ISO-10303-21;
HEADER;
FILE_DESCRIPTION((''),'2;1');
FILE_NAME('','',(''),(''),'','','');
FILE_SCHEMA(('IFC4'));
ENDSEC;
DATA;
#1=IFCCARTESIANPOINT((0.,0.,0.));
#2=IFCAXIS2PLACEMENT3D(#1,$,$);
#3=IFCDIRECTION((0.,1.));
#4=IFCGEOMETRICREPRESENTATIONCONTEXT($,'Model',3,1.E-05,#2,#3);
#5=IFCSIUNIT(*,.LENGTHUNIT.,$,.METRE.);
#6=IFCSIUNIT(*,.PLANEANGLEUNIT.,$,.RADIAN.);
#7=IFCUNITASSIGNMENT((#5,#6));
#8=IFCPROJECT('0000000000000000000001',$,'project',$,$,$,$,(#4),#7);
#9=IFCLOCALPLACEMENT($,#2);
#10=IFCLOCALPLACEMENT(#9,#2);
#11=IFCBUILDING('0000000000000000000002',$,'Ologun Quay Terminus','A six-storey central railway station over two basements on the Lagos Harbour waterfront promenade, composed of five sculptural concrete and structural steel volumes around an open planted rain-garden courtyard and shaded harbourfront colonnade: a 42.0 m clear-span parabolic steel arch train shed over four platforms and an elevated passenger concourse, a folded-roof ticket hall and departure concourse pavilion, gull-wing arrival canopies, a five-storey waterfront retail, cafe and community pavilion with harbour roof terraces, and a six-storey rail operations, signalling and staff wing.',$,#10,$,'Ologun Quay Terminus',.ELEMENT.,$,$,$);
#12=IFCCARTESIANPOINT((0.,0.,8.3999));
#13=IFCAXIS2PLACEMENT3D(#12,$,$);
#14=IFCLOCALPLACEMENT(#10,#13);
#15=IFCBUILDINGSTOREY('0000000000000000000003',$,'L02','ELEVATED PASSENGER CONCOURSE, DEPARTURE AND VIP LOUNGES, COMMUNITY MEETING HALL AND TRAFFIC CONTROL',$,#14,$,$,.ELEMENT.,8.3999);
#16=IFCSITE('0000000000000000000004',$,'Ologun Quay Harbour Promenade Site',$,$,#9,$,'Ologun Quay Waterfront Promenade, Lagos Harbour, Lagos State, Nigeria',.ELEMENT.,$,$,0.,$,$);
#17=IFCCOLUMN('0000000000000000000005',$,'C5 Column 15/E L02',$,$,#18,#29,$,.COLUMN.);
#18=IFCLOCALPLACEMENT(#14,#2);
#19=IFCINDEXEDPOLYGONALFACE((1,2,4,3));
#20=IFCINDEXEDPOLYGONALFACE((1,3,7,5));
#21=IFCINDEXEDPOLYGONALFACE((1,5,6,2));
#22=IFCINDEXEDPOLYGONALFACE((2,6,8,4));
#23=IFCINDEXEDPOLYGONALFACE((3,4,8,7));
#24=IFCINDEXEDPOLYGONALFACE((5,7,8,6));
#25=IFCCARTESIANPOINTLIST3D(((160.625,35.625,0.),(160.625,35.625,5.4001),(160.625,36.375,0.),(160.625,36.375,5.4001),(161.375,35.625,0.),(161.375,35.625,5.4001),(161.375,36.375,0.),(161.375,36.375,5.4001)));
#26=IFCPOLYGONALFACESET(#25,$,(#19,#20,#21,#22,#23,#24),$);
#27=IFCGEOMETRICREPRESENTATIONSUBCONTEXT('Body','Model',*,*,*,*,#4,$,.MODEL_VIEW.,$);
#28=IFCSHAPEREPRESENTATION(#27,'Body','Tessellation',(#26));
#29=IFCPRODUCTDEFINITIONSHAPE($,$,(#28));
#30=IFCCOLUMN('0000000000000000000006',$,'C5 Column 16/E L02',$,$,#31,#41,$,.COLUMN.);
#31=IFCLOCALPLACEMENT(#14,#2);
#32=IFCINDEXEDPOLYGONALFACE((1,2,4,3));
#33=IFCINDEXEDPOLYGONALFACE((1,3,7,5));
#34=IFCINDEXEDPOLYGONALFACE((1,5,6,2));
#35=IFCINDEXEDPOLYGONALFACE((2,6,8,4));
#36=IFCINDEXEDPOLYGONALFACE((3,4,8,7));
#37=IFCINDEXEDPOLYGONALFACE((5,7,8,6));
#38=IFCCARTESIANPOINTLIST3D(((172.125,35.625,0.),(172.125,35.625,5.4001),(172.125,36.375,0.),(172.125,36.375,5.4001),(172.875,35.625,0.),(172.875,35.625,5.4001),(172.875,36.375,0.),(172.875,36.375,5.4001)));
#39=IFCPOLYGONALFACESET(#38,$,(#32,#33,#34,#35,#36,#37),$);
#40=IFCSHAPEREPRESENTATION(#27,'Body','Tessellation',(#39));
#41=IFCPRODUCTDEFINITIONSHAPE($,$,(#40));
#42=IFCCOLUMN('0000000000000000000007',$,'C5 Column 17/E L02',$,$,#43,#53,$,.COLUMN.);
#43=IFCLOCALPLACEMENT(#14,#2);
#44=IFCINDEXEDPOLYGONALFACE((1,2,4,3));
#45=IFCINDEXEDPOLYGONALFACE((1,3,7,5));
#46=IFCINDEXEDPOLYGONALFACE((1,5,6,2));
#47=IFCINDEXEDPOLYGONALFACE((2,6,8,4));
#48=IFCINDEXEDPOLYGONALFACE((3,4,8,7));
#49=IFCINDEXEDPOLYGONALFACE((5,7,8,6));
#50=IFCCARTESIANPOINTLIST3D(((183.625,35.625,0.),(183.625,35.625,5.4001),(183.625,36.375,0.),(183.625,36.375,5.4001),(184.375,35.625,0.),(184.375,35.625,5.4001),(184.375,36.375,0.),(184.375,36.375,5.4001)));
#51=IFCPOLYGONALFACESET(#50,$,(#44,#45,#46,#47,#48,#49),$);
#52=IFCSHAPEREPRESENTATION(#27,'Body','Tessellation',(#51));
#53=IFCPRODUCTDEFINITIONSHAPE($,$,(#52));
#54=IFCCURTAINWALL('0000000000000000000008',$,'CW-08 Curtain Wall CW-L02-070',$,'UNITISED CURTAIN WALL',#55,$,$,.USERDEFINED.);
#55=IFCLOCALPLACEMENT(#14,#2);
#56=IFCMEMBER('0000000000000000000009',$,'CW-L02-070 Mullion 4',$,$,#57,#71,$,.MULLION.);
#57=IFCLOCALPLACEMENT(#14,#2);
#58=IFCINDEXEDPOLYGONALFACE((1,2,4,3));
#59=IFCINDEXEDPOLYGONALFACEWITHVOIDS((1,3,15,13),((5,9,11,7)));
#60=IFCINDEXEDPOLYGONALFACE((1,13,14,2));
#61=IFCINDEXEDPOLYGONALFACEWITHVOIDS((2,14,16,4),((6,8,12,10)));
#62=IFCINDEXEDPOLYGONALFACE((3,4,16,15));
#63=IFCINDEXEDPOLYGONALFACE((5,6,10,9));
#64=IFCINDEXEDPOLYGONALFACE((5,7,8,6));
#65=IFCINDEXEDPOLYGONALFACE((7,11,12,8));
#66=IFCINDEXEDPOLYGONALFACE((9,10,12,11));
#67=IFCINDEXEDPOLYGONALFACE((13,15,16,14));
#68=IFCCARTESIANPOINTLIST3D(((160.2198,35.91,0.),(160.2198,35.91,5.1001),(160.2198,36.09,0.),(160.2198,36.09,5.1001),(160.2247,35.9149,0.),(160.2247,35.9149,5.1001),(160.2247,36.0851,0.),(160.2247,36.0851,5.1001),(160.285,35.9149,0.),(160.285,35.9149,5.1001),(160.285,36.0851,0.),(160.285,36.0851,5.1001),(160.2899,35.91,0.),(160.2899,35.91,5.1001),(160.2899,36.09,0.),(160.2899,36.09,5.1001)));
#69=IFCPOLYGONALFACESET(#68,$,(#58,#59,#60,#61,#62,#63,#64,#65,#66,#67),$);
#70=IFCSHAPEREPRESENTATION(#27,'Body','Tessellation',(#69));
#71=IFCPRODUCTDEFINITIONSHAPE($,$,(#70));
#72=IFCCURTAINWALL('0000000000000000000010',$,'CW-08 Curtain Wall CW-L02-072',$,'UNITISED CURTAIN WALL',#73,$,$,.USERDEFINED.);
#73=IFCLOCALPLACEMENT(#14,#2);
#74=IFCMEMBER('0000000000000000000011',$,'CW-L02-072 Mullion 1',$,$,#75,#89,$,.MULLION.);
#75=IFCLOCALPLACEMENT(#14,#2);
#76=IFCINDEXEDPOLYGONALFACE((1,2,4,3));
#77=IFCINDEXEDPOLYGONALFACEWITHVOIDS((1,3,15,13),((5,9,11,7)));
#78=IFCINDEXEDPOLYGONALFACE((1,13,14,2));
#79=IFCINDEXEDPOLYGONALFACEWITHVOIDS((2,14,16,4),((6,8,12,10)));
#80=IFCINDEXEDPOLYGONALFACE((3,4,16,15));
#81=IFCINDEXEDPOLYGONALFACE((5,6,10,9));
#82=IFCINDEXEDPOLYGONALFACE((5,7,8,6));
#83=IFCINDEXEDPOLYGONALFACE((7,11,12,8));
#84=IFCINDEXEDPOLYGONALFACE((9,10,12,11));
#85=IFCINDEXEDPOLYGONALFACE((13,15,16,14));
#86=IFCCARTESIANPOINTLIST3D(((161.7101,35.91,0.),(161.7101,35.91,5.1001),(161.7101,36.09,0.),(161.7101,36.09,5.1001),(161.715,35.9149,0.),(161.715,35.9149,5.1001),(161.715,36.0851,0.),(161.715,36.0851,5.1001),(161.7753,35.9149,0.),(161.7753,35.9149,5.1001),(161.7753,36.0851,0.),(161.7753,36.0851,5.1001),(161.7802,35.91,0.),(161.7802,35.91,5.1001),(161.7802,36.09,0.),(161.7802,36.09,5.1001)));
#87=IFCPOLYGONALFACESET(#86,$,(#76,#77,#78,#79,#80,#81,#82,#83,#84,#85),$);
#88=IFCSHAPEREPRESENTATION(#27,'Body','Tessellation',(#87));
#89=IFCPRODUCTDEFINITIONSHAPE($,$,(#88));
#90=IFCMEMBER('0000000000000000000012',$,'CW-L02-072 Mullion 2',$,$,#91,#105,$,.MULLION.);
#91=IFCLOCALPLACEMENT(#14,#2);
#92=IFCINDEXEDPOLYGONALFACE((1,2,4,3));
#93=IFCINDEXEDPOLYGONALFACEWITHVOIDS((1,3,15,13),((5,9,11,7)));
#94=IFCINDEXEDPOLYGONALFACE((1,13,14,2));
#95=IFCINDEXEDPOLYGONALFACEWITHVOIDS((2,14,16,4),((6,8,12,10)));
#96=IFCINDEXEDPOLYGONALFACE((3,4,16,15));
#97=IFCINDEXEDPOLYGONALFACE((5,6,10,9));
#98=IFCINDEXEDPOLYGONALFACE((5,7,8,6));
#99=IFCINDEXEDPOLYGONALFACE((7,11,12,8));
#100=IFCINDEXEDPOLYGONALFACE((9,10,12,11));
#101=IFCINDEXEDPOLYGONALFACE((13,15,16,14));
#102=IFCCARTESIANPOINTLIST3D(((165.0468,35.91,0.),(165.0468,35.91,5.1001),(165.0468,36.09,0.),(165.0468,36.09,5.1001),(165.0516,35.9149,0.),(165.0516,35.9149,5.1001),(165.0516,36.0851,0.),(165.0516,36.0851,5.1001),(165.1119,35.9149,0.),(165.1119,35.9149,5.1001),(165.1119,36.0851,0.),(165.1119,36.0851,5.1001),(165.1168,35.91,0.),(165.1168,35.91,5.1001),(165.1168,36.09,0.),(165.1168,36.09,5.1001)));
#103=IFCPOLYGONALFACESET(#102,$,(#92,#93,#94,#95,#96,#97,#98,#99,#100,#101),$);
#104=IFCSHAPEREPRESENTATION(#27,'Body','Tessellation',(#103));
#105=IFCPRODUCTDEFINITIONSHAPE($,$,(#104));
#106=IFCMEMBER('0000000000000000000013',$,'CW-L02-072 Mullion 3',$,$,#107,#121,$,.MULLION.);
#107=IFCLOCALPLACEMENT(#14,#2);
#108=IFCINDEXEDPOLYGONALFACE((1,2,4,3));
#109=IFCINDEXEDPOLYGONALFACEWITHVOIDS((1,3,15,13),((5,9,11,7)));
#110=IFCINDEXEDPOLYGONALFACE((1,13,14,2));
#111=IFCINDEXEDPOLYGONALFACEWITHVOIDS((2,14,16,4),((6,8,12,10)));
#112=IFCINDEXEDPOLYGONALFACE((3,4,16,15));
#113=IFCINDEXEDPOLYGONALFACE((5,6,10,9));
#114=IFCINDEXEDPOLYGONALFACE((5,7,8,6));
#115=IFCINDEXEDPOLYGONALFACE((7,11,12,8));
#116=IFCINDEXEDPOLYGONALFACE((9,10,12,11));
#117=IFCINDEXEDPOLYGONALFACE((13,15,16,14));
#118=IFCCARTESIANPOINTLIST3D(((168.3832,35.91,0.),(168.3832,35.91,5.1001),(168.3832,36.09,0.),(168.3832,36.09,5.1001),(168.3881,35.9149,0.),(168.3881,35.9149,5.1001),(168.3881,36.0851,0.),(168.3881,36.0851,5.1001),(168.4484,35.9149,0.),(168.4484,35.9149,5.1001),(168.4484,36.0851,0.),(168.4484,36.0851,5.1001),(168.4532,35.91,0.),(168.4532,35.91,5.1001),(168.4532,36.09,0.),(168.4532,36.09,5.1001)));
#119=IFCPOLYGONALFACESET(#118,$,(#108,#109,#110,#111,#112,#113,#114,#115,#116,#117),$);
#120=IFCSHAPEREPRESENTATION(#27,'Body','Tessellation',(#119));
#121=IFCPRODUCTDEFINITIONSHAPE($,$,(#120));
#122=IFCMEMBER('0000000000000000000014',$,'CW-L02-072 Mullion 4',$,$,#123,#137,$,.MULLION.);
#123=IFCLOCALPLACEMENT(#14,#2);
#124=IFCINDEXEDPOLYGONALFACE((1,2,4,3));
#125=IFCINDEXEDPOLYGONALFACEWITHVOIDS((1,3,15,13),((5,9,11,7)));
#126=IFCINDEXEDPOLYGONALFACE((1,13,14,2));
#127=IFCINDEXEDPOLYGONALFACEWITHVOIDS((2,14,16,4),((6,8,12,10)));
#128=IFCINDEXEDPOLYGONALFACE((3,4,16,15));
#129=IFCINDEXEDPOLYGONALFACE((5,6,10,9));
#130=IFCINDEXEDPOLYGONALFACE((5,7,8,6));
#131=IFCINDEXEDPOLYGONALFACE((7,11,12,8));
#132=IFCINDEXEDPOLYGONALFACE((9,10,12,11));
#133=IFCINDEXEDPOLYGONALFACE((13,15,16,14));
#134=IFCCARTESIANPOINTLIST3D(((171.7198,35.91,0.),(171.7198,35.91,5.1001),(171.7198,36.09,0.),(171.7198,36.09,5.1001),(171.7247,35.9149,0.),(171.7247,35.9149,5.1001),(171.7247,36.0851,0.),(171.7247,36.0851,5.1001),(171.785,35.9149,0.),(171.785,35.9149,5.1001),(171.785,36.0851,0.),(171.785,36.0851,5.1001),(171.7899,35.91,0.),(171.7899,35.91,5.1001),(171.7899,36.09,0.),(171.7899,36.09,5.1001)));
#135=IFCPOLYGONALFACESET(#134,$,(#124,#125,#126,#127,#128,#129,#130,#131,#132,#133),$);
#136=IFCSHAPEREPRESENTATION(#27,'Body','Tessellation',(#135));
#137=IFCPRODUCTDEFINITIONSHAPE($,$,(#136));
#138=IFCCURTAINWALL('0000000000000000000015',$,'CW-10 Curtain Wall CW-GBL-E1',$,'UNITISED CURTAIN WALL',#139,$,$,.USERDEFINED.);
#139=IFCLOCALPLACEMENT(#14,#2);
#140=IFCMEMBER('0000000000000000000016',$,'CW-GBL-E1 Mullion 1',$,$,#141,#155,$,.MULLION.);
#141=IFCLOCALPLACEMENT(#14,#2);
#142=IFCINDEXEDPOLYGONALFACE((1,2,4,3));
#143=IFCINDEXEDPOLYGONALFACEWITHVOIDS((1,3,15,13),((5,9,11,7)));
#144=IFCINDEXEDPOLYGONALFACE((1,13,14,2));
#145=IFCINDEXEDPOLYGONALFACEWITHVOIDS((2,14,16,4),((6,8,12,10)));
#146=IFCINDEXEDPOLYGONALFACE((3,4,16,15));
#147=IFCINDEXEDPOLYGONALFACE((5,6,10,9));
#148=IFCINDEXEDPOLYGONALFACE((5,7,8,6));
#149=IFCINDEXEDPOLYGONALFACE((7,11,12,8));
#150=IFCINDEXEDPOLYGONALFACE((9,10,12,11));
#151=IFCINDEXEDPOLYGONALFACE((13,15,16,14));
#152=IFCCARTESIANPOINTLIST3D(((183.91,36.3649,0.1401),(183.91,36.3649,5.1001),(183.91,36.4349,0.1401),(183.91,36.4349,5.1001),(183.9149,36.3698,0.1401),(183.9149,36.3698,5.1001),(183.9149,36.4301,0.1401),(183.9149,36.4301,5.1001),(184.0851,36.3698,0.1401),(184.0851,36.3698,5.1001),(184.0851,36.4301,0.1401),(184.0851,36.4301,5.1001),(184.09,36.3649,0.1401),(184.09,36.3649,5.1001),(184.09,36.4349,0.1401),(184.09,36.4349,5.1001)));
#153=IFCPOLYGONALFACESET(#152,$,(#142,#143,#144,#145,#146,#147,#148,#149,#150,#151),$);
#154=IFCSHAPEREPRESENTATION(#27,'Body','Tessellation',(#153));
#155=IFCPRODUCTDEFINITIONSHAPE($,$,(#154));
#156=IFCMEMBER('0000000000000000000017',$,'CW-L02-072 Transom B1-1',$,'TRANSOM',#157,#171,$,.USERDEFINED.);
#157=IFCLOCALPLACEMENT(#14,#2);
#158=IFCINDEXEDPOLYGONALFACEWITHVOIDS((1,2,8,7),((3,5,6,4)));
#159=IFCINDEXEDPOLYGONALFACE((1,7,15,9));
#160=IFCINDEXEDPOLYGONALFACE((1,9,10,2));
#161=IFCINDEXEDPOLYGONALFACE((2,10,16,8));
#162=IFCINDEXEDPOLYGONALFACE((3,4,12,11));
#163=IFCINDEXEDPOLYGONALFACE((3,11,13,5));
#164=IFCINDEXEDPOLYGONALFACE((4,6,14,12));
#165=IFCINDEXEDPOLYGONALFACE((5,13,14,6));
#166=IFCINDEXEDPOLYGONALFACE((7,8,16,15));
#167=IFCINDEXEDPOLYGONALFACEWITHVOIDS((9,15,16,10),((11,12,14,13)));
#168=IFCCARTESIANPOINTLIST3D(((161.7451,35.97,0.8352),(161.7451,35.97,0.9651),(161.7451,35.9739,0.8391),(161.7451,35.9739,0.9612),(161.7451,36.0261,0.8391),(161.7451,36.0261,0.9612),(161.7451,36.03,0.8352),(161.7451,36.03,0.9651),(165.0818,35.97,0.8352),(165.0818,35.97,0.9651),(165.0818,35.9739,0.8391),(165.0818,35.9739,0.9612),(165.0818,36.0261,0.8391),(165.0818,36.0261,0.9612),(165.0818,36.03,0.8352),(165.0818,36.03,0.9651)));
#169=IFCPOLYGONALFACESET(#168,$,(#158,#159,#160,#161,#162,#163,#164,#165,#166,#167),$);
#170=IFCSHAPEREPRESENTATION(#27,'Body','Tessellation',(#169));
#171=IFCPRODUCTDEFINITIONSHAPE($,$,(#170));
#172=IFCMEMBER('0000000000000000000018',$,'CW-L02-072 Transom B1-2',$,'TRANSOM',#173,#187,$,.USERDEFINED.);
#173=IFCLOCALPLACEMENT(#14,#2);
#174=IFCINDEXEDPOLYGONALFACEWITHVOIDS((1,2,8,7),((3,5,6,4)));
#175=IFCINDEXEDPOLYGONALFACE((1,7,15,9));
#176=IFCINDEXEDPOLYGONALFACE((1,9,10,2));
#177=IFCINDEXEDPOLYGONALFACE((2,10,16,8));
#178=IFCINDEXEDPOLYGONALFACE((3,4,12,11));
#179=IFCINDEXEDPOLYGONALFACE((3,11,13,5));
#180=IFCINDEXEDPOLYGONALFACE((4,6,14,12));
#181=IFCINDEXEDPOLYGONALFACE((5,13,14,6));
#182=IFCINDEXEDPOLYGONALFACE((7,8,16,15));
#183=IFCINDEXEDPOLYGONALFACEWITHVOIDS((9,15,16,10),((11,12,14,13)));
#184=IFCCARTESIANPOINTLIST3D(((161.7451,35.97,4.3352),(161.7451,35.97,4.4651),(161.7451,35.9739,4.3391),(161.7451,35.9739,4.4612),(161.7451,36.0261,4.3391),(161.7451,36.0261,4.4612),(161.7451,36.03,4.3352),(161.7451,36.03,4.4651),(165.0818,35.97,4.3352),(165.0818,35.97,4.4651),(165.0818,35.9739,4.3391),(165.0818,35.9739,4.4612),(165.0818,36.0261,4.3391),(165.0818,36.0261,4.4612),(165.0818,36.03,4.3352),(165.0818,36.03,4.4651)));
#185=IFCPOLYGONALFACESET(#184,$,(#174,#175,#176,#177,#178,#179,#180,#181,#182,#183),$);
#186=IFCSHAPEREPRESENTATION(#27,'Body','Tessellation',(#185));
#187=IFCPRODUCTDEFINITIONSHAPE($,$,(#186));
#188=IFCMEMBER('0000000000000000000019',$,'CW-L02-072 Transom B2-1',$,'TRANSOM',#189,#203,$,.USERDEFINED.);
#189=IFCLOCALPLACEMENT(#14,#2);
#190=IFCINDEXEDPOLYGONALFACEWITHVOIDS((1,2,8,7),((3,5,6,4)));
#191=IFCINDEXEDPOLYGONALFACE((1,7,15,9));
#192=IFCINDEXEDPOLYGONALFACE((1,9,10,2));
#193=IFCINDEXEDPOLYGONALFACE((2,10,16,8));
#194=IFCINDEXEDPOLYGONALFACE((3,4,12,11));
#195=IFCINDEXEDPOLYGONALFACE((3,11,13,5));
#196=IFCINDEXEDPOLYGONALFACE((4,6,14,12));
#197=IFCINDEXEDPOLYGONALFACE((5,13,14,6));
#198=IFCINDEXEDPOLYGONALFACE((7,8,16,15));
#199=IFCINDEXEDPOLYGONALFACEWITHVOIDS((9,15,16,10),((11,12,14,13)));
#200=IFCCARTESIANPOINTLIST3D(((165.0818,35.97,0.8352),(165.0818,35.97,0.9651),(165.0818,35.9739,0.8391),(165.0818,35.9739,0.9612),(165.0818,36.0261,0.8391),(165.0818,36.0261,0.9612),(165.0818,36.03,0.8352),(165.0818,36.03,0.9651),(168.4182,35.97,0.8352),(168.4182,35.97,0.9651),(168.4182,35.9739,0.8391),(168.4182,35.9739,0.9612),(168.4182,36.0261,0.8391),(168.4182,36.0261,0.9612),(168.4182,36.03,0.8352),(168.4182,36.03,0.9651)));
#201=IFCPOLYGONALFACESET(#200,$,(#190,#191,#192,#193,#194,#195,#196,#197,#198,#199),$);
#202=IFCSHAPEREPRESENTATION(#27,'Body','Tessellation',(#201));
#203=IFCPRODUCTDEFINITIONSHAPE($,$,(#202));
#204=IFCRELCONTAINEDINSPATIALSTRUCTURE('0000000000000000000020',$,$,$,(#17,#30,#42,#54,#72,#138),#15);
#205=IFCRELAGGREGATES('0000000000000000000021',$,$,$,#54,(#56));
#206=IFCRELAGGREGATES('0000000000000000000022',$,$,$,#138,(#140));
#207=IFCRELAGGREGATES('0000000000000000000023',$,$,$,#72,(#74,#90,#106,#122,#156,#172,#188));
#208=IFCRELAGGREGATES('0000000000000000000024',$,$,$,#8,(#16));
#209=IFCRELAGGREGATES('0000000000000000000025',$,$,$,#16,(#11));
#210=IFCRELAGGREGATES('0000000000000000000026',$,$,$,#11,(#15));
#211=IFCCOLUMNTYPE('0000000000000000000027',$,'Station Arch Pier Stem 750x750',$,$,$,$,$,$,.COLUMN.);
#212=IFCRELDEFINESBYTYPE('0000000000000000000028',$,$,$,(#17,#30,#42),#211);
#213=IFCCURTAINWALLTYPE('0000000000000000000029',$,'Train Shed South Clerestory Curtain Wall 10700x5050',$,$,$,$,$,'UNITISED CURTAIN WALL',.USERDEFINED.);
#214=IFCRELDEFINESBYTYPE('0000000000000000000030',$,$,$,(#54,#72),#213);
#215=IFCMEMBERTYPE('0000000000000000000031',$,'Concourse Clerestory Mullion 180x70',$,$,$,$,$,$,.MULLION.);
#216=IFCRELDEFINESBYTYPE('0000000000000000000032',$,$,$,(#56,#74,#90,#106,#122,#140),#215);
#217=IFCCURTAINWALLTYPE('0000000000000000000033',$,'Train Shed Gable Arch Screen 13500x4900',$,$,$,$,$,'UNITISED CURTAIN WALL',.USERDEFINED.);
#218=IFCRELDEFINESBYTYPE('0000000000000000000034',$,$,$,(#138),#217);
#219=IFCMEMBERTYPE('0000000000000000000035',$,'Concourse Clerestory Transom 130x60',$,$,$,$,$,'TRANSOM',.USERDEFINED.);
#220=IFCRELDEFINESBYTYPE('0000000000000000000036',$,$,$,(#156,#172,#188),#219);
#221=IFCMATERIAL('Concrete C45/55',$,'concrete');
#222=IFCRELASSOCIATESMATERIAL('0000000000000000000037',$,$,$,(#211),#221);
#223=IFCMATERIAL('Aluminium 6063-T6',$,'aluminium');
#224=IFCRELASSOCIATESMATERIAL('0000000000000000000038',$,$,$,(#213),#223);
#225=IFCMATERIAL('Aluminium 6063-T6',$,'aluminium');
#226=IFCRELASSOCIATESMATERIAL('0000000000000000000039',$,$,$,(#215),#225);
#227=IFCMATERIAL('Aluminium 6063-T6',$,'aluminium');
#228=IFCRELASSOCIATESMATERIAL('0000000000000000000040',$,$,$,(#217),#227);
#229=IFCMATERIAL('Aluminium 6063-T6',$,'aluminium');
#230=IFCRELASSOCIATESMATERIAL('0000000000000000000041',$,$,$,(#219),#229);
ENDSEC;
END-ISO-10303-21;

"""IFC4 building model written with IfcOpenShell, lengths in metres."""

from ifc_helpers import new_model, si_unit, direction, frame, origin, origin_2d, place, context, subcontext, project, spatial, rectangle, hollow_rectangle, extrude, material, material_profile, profile_set, type_object, element, aggregate, save


model = new_model("IFC4")

# Units and contexts
model_context = context("Model", 3, precision=1e-05, world=origin(), true_north=direction((0.0, 1.0)))
body_context = subcontext(model_context, "Body", "Model", "MODEL_VIEW")
ifc_project = project(units=[si_unit("LENGTHUNIT", "METRE"), si_unit("PLANEANGLEUNIT", "RADIAN")], contexts=[model_context])

# Site, building, storey
site_placement = place(None, origin())
site = spatial("IfcSite", under=ifc_project, at=site_placement, Name="Ologun Quay Harbour Promenade Site", LongName="Ologun Quay Waterfront Promenade, Lagos Harbour, Lagos State, Nigeria", CompositionType="ELEMENT", RefElevation=0.0)
building_placement = place(site_placement, origin())
building = spatial("IfcBuilding", under=site, at=building_placement, Name="Ologun Quay Terminus", Description="A six-storey central railway station over two basements on the Lagos Harbour waterfront promenade, composed of five sculptural concrete and structural steel volumes around an open planted rain-garden courtyard and shaded harbourfront colonnade: a 42.0 m clear-span parabolic steel arch train shed over four platforms and an elevated passenger concourse, a folded-roof ticket hall and departure concourse pavilion, gull-wing arrival canopies, a five-storey waterfront retail, cafe and community pavilion with harbour roof terraces, and a six-storey rail operations, signalling and staff wing.", LongName="Ologun Quay Terminus", CompositionType="ELEMENT")
storey_placement = place(building_placement, frame((0.0, 0.0, 8.3999)))
storey = spatial("IfcBuildingStorey", under=building, at=storey_placement, Name="L02", Description="ELEVATED PASSENGER CONCOURSE, DEPARTURE AND VIP LOUNGES, COMMUNITY MEETING HALL AND TRAFFIC CONTROL", CompositionType="ELEMENT", Elevation=8.3999)

# Columns
ifc_material_1 = material(Name="Concrete C45/55", Category="concrete")
ifc_material_profile_1 = material_profile(ifc_material_1, rectangle(XDim=0.75, YDim=0.75, at=origin_2d()), Name="RC 750x750")
ifc_profile_set_1 = profile_set([ifc_material_profile_1], Name="Concrete C45/55")
column_type = type_object("IfcColumnType", Name="Station Arch Pier Stem 750x750", PredefinedType="COLUMN", material=ifc_profile_set_1)
for number, where, z_axis, x_axis, name in (
    (1, (161.0, 36.0, 0.0), (0.0, 0.0, 1.0), (1.0, 0.0, 0.0), "C5 Column 15/E L02"),
    (2, (172.5, 36.0, 0.0), (0.0, 0.0, 1.0), (1.0, 0.0, 0.0), "C5 Column 16/E L02"),
    (3, (184.0, 36.0, 0.0), (0.0, 0.0, 1.0), (1.0, 0.0, 0.0), "C5 Column 17/E L02"),
):
    element("IfcColumn", number, at=place(storey_placement, frame(where, z_axis=z_axis, x_axis=x_axis)), inside=storey, type_object=column_type, Name=name, PredefinedType="COLUMN", context=body_context, shape_type="SweptSolid", body=[
        extrude(rectangle(XDim=0.75, YDim=0.75, at=origin_2d()), origin(), (0.0, 0.0, 1.0), 5.4001),
    ])

# Curtain wall, member
ifc_material_2 = material(Name="Aluminium 6063-T6", Category="aluminium")
curtain_wall_type_1 = type_object("IfcCurtainWallType", Name="Train Shed South Clerestory Curtain Wall 10700x5050", ElementType="UNITISED CURTAIN WALL", PredefinedType="USERDEFINED", material=ifc_material_2)
curtain_wall_1_placement = place(storey_placement, origin())
curtain_wall_1 = element("IfcCurtainWall", 4, at=curtain_wall_1_placement, inside=storey, type_object=curtain_wall_type_1, Name="CW-08 Curtain Wall CW-L02-070", ObjectType="UNITISED CURTAIN WALL", PredefinedType="USERDEFINED")
ifc_material_3 = material(Name="Aluminium 6063-T6", Category="aluminium")
ifc_material_profile_2 = material_profile(ifc_material_3, hollow_rectangle(XDim=0.0701, YDim=0.1799, WallThickness=0.0049, at=origin_2d()), Name="ALU 180x70x5")
ifc_profile_set_2 = profile_set([ifc_material_profile_2], Name="Aluminium 6063-T6")
member_type_1 = type_object("IfcMemberType", Name="Concourse Clerestory Mullion 180x70", PredefinedType="MULLION", material=ifc_profile_set_2)
member_1_placement = place(storey_placement, frame((160.2549, 36.0, 0.0), z_axis=(0.0, 0.0, 1.0), x_axis=(1.0, 0.0, 0.0)))
member_1 = element("IfcMember", 5, at=member_1_placement, type_object=member_type_1, Name="CW-L02-070 Mullion 4", PredefinedType="MULLION", context=body_context, shape_type="SweptSolid", body=[
    extrude(hollow_rectangle(XDim=0.0701, YDim=0.1799, WallThickness=0.0049, at=origin_2d()), origin(), (0.0, 0.0, 1.0), 5.1001),
])
aggregate(curtain_wall_1, [member_1])

# Curtain wall, members
curtain_wall_2_placement = place(storey_placement, origin())
curtain_wall_2 = element("IfcCurtainWall", 6, at=curtain_wall_2_placement, inside=storey, type_object=curtain_wall_type_1, Name="CW-08 Curtain Wall CW-L02-072", ObjectType="UNITISED CURTAIN WALL", PredefinedType="USERDEFINED")
member_2_placement = place(storey_placement, frame((161.7451, 36.0, 0.0), z_axis=(0.0, 0.0, 1.0), x_axis=(1.0, 0.0, 0.0)))
member_2 = element("IfcMember", 7, at=member_2_placement, type_object=member_type_1, Name="CW-L02-072 Mullion 1", PredefinedType="MULLION", context=body_context, shape_type="SweptSolid", body=[
    extrude(hollow_rectangle(XDim=0.0701, YDim=0.1799, WallThickness=0.0049, at=origin_2d()), origin(), (0.0, 0.0, 1.0), 5.1001),
])
member_3_placement = place(storey_placement, frame((165.0818, 36.0, 0.0), z_axis=(0.0, 0.0, 1.0), x_axis=(1.0, 0.0, 0.0)))
member_3 = element("IfcMember", 8, at=member_3_placement, type_object=member_type_1, Name="CW-L02-072 Mullion 2", PredefinedType="MULLION", context=body_context, shape_type="SweptSolid", body=[
    extrude(hollow_rectangle(XDim=0.0701, YDim=0.1799, WallThickness=0.0049, at=origin_2d()), origin(), (0.0, 0.0, 1.0), 5.1001),
])
member_4_placement = place(storey_placement, frame((168.4182, 36.0, 0.0), z_axis=(0.0, 0.0, 1.0), x_axis=(1.0, 0.0, 0.0)))
member_4 = element("IfcMember", 9, at=member_4_placement, type_object=member_type_1, Name="CW-L02-072 Mullion 3", PredefinedType="MULLION", context=body_context, shape_type="SweptSolid", body=[
    extrude(hollow_rectangle(XDim=0.0701, YDim=0.1799, WallThickness=0.0049, at=origin_2d()), origin(), (0.0, 0.0, 1.0), 5.1001),
])
member_5_placement = place(storey_placement, frame((171.7549, 36.0, 0.0), z_axis=(0.0, 0.0, 1.0), x_axis=(1.0, 0.0, 0.0)))
member_5 = element("IfcMember", 10, at=member_5_placement, type_object=member_type_1, Name="CW-L02-072 Mullion 4", PredefinedType="MULLION", context=body_context, shape_type="SweptSolid", body=[
    extrude(hollow_rectangle(XDim=0.0701, YDim=0.1799, WallThickness=0.0049, at=origin_2d()), origin(), (0.0, 0.0, 1.0), 5.1001),
])

# Curtain wall, member
ifc_material_4 = material(Name="Aluminium 6063-T6", Category="aluminium")
curtain_wall_type_2 = type_object("IfcCurtainWallType", Name="Train Shed Gable Arch Screen 13500x4900", ElementType="UNITISED CURTAIN WALL", PredefinedType="USERDEFINED", material=ifc_material_4)
curtain_wall_3_placement = place(storey_placement, origin())
curtain_wall_3 = element("IfcCurtainWall", 11, at=curtain_wall_3_placement, inside=storey, type_object=curtain_wall_type_2, Name="CW-10 Curtain Wall CW-GBL-E1", ObjectType="UNITISED CURTAIN WALL", PredefinedType="USERDEFINED")
member_6_placement = place(storey_placement, frame((184.0, 36.3999, 0.1401), z_axis=(0.0, 0.0, 1.0), x_axis=(0.0, 1.0, 0.0)))
member_6 = element("IfcMember", 12, at=member_6_placement, type_object=member_type_1, Name="CW-GBL-E1 Mullion 1", PredefinedType="MULLION", context=body_context, shape_type="SweptSolid", body=[
    extrude(hollow_rectangle(XDim=0.0701, YDim=0.1799, WallThickness=0.0049, at=origin_2d()), origin(), (0.0, 0.0, 1.0), 4.96),
])

# Members
ifc_material_5 = material(Name="Aluminium 6063-T6", Category="aluminium")
ifc_material_profile_3 = material_profile(ifc_material_5, hollow_rectangle(XDim=0.0601, YDim=0.1299, WallThickness=0.0039, at=origin_2d()), Name="ALU 130x60x4")
ifc_profile_set_3 = profile_set([ifc_material_profile_3], Name="Aluminium 6063-T6")
member_type_2 = type_object("IfcMemberType", Name="Concourse Clerestory Transom 130x60", ElementType="TRANSOM", PredefinedType="USERDEFINED", material=ifc_profile_set_3)
member_7_placement = place(storey_placement, frame((161.7451, 36.0, 0.9001), z_axis=(1.0, 0.0, 0.0), x_axis=(0.0, 1.0, 0.0)))
member_7 = element("IfcMember", 13, at=member_7_placement, type_object=member_type_2, Name="CW-L02-072 Transom B1-1", ObjectType="TRANSOM", PredefinedType="USERDEFINED", context=body_context, shape_type="SweptSolid", body=[
    extrude(hollow_rectangle(XDim=0.0601, YDim=0.1299, WallThickness=0.0039, at=origin_2d()), origin(), (0.0, 0.0, 1.0), 3.3367),
])
member_8_placement = place(storey_placement, frame((161.7451, 36.0, 4.4001), z_axis=(1.0, 0.0, 0.0), x_axis=(0.0, 1.0, 0.0)))
member_8 = element("IfcMember", 14, at=member_8_placement, type_object=member_type_2, Name="CW-L02-072 Transom B1-2", ObjectType="TRANSOM", PredefinedType="USERDEFINED", context=body_context, shape_type="SweptSolid", body=[
    extrude(hollow_rectangle(XDim=0.0601, YDim=0.1299, WallThickness=0.0039, at=origin_2d()), origin(), (0.0, 0.0, 1.0), 3.3367),
])
member_9_placement = place(storey_placement, frame((165.0818, 36.0, 0.9001), z_axis=(1.0, 0.0, 0.0), x_axis=(0.0, 1.0, 0.0)))
member_9 = element("IfcMember", 15, at=member_9_placement, type_object=member_type_2, Name="CW-L02-072 Transom B2-1", ObjectType="TRANSOM", PredefinedType="USERDEFINED", context=body_context, shape_type="SweptSolid", body=[
    extrude(hollow_rectangle(XDim=0.0601, YDim=0.1299, WallThickness=0.0039, at=origin_2d()), origin(), (0.0, 0.0, 1.0), 3.3364),
])

aggregate(curtain_wall_3, [member_6])
aggregate(curtain_wall_2, [member_2, member_3, member_4, member_5, member_7, member_8, member_9])

save(model, "model.ifc")
